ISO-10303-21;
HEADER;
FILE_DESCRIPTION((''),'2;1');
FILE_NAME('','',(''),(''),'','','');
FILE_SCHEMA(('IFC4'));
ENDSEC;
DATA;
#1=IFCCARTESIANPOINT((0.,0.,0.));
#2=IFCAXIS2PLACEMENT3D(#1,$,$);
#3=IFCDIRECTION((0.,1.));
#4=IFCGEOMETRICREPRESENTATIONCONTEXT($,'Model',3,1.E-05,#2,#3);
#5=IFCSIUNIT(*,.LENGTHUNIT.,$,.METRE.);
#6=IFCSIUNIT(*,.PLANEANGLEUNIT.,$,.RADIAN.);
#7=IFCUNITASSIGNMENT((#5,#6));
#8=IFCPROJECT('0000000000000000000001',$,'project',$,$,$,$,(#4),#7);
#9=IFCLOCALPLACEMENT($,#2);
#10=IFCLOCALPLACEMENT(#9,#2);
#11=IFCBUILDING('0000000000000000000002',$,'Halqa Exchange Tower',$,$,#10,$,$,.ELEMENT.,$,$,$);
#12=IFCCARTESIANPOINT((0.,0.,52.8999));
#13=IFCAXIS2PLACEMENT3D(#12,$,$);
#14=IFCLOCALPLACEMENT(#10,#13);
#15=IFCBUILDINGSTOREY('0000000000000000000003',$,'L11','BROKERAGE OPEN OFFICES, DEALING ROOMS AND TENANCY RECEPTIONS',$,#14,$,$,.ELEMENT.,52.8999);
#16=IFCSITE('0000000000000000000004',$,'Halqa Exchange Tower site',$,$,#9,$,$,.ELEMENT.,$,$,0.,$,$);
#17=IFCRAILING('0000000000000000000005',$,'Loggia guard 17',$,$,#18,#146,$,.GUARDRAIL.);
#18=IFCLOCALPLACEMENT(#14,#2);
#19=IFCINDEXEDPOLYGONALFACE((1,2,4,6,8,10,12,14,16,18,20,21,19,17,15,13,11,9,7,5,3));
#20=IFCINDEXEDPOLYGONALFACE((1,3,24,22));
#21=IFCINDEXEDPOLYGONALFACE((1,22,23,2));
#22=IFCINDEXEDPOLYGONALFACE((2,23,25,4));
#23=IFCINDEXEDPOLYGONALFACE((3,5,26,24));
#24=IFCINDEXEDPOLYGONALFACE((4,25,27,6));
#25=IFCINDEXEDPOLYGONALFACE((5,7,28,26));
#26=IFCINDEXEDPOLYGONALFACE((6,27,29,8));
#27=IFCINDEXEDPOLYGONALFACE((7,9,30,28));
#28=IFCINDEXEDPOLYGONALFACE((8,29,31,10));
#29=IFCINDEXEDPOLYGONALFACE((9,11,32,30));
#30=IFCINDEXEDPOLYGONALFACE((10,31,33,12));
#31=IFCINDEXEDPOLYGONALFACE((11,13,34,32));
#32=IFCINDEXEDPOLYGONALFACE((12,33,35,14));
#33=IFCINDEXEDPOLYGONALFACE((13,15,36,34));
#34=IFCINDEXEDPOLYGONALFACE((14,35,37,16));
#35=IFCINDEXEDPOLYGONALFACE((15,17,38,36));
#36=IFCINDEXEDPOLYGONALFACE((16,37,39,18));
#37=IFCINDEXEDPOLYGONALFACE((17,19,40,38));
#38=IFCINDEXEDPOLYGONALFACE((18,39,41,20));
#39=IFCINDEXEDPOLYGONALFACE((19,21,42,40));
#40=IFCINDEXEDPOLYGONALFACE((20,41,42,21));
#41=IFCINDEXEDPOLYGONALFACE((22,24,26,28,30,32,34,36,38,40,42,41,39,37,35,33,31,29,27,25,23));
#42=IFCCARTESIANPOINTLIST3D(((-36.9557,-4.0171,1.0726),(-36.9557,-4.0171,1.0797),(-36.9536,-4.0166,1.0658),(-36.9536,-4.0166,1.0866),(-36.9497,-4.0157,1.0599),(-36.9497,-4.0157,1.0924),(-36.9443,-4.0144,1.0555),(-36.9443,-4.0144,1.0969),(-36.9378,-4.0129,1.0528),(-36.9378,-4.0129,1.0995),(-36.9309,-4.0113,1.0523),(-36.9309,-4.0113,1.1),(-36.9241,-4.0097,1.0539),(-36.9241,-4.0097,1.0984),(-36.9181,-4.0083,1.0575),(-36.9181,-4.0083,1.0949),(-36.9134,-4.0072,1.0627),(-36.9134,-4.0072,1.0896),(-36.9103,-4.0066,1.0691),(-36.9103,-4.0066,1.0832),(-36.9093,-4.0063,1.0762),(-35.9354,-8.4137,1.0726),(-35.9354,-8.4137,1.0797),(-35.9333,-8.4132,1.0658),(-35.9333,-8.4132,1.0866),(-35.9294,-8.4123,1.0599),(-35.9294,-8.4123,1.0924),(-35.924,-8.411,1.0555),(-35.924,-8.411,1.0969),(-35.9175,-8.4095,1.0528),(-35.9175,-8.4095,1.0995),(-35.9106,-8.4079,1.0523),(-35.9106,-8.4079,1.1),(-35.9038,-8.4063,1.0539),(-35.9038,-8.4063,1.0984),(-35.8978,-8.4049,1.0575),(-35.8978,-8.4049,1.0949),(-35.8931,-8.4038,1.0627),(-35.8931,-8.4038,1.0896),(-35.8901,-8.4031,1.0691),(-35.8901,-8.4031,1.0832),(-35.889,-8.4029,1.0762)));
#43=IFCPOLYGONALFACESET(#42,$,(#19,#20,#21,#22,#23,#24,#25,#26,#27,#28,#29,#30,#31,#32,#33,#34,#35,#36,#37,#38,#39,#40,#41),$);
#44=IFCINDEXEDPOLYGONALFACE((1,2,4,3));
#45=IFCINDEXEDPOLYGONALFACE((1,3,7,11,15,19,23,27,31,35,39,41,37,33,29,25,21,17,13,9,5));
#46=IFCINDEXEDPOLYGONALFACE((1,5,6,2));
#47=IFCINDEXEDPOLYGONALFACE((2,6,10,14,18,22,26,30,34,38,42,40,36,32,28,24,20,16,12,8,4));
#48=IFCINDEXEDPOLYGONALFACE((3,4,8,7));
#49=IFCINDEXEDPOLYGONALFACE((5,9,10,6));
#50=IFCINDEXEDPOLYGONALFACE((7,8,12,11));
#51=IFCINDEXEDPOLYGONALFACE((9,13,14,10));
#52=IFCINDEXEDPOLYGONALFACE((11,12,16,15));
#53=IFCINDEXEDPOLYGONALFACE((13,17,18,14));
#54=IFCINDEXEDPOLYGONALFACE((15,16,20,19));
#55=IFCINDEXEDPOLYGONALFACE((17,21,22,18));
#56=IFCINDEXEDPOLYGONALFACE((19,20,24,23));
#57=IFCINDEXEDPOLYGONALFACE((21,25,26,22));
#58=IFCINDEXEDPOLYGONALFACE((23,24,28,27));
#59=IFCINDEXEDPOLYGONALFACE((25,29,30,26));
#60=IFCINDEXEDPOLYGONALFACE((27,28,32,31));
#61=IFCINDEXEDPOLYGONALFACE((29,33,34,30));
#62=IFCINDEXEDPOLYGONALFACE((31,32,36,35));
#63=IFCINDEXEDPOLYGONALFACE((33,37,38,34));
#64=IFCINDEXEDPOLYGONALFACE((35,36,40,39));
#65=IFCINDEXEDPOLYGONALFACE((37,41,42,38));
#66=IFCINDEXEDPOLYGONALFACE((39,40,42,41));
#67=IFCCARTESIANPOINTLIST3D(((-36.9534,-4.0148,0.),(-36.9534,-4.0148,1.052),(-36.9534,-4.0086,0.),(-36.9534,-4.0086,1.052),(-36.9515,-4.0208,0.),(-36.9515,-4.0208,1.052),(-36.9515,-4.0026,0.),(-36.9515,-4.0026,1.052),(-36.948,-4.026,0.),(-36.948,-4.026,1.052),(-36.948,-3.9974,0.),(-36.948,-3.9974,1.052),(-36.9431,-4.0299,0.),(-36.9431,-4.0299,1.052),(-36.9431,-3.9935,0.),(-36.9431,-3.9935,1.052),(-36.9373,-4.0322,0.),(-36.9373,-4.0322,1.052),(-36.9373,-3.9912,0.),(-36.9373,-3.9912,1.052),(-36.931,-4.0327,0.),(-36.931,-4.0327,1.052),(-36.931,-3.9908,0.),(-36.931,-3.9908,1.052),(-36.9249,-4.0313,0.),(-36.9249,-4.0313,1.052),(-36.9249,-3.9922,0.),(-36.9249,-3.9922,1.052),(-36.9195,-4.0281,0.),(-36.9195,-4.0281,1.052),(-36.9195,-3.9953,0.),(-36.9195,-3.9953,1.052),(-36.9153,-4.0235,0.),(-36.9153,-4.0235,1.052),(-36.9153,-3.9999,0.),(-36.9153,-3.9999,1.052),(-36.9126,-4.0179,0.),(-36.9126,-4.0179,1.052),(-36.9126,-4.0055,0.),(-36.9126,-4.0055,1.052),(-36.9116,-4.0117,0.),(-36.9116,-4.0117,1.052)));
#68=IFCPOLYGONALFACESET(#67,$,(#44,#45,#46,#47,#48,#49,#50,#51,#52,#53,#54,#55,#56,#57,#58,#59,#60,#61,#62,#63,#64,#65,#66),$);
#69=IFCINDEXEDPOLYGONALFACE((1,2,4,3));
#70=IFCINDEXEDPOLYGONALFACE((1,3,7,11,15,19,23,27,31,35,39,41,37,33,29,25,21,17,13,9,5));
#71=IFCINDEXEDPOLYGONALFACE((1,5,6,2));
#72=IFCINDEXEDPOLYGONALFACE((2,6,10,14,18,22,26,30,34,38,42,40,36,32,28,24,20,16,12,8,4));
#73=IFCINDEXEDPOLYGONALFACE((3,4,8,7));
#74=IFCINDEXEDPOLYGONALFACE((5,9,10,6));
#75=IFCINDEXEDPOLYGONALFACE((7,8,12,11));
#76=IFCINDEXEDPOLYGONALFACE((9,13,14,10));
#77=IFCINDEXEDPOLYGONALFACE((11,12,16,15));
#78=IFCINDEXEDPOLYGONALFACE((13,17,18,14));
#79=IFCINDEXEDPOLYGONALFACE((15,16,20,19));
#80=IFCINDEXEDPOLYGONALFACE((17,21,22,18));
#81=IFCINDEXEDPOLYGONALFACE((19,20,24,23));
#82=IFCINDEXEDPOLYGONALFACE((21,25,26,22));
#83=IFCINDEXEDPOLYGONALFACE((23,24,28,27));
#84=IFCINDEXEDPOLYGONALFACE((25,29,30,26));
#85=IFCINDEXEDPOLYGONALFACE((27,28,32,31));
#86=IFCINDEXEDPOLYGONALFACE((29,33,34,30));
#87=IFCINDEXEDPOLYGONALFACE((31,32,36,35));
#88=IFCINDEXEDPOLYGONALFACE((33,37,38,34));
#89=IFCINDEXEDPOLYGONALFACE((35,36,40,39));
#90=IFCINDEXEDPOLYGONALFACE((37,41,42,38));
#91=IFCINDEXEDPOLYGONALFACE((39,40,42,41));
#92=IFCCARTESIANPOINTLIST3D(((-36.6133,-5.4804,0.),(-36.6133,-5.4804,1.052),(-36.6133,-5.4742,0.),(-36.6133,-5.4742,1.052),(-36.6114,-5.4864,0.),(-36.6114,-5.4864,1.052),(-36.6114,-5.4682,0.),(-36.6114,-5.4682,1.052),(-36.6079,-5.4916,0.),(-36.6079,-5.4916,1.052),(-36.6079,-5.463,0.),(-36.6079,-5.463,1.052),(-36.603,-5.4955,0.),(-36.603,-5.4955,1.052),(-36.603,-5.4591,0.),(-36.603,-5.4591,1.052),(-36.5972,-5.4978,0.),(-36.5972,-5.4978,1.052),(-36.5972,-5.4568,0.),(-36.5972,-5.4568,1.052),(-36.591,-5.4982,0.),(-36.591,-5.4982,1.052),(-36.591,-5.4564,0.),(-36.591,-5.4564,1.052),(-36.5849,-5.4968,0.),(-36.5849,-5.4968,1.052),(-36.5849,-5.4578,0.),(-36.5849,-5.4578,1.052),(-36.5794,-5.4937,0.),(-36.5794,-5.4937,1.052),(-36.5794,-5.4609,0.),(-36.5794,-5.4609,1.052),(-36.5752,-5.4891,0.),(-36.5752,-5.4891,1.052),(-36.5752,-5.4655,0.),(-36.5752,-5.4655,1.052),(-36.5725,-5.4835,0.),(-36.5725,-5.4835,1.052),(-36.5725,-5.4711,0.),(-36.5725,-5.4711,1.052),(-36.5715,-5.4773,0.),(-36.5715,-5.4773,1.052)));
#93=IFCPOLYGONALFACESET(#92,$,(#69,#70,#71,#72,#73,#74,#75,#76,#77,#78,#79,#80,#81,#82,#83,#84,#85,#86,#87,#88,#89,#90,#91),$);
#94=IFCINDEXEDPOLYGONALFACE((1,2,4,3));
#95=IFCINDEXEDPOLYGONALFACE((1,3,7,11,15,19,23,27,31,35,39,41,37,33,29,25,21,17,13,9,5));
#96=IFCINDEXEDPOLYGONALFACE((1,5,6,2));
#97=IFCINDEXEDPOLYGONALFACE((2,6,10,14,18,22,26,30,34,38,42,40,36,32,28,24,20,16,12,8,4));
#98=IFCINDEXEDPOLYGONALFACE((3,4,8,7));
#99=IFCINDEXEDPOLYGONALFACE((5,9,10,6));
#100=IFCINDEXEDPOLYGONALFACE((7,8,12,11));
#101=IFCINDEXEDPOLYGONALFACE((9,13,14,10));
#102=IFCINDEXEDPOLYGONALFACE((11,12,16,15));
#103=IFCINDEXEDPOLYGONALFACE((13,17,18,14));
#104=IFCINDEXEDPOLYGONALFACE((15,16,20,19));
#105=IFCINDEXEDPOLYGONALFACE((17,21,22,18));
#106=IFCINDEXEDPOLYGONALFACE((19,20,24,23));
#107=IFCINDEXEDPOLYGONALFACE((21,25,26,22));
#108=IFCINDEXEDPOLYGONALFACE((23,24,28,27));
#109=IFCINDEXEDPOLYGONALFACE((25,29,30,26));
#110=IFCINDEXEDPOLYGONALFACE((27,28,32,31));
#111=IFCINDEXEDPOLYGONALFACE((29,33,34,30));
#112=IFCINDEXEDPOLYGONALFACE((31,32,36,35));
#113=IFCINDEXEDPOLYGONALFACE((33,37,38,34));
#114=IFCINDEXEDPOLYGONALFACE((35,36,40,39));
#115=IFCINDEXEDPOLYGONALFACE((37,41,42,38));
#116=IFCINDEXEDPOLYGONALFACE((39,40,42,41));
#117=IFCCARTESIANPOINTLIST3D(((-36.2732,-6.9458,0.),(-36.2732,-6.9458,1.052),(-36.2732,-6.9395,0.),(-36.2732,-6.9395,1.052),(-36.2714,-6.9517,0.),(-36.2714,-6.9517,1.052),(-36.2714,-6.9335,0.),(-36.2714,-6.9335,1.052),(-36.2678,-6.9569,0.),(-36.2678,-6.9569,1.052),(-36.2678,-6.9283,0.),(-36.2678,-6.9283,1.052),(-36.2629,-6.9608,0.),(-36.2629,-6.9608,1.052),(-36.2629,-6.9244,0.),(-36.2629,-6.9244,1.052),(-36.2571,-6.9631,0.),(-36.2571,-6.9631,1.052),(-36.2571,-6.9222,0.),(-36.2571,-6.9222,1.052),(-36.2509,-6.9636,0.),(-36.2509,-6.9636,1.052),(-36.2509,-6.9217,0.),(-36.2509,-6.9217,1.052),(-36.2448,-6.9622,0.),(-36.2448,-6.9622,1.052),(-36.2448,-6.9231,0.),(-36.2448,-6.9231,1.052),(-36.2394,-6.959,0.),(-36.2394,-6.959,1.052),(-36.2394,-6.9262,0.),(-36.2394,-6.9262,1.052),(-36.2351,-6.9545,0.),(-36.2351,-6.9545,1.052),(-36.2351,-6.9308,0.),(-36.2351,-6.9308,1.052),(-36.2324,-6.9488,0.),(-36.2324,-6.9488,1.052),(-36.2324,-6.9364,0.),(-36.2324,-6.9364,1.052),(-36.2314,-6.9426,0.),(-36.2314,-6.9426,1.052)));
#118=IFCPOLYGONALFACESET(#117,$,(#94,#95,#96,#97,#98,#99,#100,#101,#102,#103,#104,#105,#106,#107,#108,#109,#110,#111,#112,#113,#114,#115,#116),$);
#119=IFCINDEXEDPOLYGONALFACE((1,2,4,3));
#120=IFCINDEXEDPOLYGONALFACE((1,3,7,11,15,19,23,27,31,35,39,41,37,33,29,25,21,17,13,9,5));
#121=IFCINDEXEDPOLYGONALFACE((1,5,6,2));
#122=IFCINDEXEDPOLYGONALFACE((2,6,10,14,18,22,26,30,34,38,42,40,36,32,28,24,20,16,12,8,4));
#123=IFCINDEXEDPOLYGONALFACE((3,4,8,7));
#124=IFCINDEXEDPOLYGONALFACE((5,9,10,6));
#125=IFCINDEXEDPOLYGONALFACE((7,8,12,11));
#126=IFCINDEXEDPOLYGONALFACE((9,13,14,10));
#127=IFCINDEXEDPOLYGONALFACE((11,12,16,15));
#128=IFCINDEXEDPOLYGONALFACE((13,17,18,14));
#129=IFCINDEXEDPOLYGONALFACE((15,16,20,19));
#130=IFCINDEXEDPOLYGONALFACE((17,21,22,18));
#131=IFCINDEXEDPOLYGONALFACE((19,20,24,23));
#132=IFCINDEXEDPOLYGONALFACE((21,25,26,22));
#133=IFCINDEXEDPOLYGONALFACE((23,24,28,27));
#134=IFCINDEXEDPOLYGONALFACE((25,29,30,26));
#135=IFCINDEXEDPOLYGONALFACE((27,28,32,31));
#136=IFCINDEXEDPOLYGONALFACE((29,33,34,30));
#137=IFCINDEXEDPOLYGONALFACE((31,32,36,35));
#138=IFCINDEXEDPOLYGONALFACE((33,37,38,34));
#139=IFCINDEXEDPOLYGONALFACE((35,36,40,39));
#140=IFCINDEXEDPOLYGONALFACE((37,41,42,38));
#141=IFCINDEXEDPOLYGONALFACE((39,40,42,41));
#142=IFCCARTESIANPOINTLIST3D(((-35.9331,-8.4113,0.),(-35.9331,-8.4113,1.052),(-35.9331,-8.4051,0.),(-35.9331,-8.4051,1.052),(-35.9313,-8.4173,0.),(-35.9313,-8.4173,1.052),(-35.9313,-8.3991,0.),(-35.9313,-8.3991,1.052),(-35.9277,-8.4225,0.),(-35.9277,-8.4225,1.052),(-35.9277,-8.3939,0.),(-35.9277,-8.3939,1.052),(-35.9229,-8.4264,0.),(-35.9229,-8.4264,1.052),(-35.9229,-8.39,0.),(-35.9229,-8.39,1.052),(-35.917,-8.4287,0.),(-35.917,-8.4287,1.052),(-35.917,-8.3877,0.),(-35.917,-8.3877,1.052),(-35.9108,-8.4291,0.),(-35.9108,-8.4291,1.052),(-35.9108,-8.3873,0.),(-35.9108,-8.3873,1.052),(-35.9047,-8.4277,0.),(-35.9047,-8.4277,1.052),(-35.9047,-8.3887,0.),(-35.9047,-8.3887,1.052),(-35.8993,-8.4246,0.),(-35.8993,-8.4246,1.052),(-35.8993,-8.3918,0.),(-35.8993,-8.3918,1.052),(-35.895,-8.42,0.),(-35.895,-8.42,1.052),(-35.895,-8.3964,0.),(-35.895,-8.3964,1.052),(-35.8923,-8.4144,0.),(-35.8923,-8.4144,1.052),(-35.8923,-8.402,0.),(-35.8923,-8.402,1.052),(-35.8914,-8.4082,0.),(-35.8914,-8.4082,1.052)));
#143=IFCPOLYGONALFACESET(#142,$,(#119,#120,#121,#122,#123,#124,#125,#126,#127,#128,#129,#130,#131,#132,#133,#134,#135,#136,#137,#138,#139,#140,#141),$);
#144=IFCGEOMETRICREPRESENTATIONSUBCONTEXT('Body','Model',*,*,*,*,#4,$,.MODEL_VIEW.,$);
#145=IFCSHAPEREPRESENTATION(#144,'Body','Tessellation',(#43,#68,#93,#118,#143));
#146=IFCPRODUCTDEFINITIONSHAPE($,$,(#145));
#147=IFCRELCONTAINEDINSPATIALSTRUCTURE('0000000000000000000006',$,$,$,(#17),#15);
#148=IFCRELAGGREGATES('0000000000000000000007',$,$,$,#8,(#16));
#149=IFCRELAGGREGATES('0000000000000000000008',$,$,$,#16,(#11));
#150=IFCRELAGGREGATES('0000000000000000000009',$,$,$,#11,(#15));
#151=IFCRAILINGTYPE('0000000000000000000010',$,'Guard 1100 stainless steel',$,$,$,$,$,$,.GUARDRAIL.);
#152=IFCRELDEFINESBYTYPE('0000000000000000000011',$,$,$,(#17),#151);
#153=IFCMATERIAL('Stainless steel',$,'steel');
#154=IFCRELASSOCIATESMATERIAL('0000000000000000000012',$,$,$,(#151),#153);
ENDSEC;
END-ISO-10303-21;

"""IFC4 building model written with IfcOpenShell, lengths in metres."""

from ifc_helpers import new_model, si_unit, direction, frame, origin, origin_2d, place, context, subcontext, project, spatial, circle, extrude, material, type_object, element, save


model = new_model("IFC4")

# Units and contexts
model_context = context("Model", 3, precision=1e-05, world=origin(), true_north=direction((0.0, 1.0)))
body_context = subcontext(model_context, "Body", "Model", "MODEL_VIEW")
ifc_project = project(units=[si_unit("LENGTHUNIT", "METRE"), si_unit("PLANEANGLEUNIT", "RADIAN")], contexts=[model_context])

# Site, building, storey
site_placement = place(None, origin())
site = spatial("IfcSite", under=ifc_project, at=site_placement, Name="Halqa Exchange Tower site", CompositionType="ELEMENT", RefElevation=0.0)
building_placement = place(site_placement, origin())
building = spatial("IfcBuilding", under=site, at=building_placement, Name="Halqa Exchange Tower", CompositionType="ELEMENT")
storey_placement = place(building_placement, frame((0.0, 0.0, 52.8999)))
storey = spatial("IfcBuildingStorey", under=building, at=storey_placement, Name="L11", Description="BROKERAGE OPEN OFFICES, DEALING ROOMS AND TENANCY RECEPTIONS", CompositionType="ELEMENT", Elevation=52.8999)

# Railing
ifc_material_1 = material(Name="Stainless steel", Category="steel")
railing_type = type_object("IfcRailingType", Name="Guard 1100 stainless steel", PredefinedType="GUARDRAIL", material=ifc_material_1)
railing_1_placement = place(storey_placement, frame((-36.9326, -4.0117, 0.0)))
element("IfcRailing", 1, at=railing_1_placement, inside=storey, type_object=railing_type, Name="Loggia guard 17", PredefinedType="GUARDRAIL", context=body_context, shape_type="SweptSolid", body=[
    extrude(circle(Radius=0.0239, at=origin_2d()), frame((0.0, 0.0, 1.0762), z_axis=(0.226056, -0.974114, 0.0), x_axis=(0.974114, 0.226056, 0.0)), (0.0, 0.0, 1.0), 4.5134),
    extrude(circle(Radius=0.021, at=origin_2d()), origin(), (0.0, 0.0, 1.0), 1.052),
    extrude(circle(Radius=0.021, at=origin_2d()), frame((0.3401, -1.4656, 0.0)), (0.0, 0.0, 1.0), 1.052),
    extrude(circle(Radius=0.021, at=origin_2d()), frame((0.6802, -2.9309, 0.0)), (0.0, 0.0, 1.0), 1.052),
    extrude(circle(Radius=0.021, at=origin_2d()), frame((1.0203, -4.3965, 0.0)), (0.0, 0.0, 1.0), 1.052),
])

save(model, "model.ifc")
